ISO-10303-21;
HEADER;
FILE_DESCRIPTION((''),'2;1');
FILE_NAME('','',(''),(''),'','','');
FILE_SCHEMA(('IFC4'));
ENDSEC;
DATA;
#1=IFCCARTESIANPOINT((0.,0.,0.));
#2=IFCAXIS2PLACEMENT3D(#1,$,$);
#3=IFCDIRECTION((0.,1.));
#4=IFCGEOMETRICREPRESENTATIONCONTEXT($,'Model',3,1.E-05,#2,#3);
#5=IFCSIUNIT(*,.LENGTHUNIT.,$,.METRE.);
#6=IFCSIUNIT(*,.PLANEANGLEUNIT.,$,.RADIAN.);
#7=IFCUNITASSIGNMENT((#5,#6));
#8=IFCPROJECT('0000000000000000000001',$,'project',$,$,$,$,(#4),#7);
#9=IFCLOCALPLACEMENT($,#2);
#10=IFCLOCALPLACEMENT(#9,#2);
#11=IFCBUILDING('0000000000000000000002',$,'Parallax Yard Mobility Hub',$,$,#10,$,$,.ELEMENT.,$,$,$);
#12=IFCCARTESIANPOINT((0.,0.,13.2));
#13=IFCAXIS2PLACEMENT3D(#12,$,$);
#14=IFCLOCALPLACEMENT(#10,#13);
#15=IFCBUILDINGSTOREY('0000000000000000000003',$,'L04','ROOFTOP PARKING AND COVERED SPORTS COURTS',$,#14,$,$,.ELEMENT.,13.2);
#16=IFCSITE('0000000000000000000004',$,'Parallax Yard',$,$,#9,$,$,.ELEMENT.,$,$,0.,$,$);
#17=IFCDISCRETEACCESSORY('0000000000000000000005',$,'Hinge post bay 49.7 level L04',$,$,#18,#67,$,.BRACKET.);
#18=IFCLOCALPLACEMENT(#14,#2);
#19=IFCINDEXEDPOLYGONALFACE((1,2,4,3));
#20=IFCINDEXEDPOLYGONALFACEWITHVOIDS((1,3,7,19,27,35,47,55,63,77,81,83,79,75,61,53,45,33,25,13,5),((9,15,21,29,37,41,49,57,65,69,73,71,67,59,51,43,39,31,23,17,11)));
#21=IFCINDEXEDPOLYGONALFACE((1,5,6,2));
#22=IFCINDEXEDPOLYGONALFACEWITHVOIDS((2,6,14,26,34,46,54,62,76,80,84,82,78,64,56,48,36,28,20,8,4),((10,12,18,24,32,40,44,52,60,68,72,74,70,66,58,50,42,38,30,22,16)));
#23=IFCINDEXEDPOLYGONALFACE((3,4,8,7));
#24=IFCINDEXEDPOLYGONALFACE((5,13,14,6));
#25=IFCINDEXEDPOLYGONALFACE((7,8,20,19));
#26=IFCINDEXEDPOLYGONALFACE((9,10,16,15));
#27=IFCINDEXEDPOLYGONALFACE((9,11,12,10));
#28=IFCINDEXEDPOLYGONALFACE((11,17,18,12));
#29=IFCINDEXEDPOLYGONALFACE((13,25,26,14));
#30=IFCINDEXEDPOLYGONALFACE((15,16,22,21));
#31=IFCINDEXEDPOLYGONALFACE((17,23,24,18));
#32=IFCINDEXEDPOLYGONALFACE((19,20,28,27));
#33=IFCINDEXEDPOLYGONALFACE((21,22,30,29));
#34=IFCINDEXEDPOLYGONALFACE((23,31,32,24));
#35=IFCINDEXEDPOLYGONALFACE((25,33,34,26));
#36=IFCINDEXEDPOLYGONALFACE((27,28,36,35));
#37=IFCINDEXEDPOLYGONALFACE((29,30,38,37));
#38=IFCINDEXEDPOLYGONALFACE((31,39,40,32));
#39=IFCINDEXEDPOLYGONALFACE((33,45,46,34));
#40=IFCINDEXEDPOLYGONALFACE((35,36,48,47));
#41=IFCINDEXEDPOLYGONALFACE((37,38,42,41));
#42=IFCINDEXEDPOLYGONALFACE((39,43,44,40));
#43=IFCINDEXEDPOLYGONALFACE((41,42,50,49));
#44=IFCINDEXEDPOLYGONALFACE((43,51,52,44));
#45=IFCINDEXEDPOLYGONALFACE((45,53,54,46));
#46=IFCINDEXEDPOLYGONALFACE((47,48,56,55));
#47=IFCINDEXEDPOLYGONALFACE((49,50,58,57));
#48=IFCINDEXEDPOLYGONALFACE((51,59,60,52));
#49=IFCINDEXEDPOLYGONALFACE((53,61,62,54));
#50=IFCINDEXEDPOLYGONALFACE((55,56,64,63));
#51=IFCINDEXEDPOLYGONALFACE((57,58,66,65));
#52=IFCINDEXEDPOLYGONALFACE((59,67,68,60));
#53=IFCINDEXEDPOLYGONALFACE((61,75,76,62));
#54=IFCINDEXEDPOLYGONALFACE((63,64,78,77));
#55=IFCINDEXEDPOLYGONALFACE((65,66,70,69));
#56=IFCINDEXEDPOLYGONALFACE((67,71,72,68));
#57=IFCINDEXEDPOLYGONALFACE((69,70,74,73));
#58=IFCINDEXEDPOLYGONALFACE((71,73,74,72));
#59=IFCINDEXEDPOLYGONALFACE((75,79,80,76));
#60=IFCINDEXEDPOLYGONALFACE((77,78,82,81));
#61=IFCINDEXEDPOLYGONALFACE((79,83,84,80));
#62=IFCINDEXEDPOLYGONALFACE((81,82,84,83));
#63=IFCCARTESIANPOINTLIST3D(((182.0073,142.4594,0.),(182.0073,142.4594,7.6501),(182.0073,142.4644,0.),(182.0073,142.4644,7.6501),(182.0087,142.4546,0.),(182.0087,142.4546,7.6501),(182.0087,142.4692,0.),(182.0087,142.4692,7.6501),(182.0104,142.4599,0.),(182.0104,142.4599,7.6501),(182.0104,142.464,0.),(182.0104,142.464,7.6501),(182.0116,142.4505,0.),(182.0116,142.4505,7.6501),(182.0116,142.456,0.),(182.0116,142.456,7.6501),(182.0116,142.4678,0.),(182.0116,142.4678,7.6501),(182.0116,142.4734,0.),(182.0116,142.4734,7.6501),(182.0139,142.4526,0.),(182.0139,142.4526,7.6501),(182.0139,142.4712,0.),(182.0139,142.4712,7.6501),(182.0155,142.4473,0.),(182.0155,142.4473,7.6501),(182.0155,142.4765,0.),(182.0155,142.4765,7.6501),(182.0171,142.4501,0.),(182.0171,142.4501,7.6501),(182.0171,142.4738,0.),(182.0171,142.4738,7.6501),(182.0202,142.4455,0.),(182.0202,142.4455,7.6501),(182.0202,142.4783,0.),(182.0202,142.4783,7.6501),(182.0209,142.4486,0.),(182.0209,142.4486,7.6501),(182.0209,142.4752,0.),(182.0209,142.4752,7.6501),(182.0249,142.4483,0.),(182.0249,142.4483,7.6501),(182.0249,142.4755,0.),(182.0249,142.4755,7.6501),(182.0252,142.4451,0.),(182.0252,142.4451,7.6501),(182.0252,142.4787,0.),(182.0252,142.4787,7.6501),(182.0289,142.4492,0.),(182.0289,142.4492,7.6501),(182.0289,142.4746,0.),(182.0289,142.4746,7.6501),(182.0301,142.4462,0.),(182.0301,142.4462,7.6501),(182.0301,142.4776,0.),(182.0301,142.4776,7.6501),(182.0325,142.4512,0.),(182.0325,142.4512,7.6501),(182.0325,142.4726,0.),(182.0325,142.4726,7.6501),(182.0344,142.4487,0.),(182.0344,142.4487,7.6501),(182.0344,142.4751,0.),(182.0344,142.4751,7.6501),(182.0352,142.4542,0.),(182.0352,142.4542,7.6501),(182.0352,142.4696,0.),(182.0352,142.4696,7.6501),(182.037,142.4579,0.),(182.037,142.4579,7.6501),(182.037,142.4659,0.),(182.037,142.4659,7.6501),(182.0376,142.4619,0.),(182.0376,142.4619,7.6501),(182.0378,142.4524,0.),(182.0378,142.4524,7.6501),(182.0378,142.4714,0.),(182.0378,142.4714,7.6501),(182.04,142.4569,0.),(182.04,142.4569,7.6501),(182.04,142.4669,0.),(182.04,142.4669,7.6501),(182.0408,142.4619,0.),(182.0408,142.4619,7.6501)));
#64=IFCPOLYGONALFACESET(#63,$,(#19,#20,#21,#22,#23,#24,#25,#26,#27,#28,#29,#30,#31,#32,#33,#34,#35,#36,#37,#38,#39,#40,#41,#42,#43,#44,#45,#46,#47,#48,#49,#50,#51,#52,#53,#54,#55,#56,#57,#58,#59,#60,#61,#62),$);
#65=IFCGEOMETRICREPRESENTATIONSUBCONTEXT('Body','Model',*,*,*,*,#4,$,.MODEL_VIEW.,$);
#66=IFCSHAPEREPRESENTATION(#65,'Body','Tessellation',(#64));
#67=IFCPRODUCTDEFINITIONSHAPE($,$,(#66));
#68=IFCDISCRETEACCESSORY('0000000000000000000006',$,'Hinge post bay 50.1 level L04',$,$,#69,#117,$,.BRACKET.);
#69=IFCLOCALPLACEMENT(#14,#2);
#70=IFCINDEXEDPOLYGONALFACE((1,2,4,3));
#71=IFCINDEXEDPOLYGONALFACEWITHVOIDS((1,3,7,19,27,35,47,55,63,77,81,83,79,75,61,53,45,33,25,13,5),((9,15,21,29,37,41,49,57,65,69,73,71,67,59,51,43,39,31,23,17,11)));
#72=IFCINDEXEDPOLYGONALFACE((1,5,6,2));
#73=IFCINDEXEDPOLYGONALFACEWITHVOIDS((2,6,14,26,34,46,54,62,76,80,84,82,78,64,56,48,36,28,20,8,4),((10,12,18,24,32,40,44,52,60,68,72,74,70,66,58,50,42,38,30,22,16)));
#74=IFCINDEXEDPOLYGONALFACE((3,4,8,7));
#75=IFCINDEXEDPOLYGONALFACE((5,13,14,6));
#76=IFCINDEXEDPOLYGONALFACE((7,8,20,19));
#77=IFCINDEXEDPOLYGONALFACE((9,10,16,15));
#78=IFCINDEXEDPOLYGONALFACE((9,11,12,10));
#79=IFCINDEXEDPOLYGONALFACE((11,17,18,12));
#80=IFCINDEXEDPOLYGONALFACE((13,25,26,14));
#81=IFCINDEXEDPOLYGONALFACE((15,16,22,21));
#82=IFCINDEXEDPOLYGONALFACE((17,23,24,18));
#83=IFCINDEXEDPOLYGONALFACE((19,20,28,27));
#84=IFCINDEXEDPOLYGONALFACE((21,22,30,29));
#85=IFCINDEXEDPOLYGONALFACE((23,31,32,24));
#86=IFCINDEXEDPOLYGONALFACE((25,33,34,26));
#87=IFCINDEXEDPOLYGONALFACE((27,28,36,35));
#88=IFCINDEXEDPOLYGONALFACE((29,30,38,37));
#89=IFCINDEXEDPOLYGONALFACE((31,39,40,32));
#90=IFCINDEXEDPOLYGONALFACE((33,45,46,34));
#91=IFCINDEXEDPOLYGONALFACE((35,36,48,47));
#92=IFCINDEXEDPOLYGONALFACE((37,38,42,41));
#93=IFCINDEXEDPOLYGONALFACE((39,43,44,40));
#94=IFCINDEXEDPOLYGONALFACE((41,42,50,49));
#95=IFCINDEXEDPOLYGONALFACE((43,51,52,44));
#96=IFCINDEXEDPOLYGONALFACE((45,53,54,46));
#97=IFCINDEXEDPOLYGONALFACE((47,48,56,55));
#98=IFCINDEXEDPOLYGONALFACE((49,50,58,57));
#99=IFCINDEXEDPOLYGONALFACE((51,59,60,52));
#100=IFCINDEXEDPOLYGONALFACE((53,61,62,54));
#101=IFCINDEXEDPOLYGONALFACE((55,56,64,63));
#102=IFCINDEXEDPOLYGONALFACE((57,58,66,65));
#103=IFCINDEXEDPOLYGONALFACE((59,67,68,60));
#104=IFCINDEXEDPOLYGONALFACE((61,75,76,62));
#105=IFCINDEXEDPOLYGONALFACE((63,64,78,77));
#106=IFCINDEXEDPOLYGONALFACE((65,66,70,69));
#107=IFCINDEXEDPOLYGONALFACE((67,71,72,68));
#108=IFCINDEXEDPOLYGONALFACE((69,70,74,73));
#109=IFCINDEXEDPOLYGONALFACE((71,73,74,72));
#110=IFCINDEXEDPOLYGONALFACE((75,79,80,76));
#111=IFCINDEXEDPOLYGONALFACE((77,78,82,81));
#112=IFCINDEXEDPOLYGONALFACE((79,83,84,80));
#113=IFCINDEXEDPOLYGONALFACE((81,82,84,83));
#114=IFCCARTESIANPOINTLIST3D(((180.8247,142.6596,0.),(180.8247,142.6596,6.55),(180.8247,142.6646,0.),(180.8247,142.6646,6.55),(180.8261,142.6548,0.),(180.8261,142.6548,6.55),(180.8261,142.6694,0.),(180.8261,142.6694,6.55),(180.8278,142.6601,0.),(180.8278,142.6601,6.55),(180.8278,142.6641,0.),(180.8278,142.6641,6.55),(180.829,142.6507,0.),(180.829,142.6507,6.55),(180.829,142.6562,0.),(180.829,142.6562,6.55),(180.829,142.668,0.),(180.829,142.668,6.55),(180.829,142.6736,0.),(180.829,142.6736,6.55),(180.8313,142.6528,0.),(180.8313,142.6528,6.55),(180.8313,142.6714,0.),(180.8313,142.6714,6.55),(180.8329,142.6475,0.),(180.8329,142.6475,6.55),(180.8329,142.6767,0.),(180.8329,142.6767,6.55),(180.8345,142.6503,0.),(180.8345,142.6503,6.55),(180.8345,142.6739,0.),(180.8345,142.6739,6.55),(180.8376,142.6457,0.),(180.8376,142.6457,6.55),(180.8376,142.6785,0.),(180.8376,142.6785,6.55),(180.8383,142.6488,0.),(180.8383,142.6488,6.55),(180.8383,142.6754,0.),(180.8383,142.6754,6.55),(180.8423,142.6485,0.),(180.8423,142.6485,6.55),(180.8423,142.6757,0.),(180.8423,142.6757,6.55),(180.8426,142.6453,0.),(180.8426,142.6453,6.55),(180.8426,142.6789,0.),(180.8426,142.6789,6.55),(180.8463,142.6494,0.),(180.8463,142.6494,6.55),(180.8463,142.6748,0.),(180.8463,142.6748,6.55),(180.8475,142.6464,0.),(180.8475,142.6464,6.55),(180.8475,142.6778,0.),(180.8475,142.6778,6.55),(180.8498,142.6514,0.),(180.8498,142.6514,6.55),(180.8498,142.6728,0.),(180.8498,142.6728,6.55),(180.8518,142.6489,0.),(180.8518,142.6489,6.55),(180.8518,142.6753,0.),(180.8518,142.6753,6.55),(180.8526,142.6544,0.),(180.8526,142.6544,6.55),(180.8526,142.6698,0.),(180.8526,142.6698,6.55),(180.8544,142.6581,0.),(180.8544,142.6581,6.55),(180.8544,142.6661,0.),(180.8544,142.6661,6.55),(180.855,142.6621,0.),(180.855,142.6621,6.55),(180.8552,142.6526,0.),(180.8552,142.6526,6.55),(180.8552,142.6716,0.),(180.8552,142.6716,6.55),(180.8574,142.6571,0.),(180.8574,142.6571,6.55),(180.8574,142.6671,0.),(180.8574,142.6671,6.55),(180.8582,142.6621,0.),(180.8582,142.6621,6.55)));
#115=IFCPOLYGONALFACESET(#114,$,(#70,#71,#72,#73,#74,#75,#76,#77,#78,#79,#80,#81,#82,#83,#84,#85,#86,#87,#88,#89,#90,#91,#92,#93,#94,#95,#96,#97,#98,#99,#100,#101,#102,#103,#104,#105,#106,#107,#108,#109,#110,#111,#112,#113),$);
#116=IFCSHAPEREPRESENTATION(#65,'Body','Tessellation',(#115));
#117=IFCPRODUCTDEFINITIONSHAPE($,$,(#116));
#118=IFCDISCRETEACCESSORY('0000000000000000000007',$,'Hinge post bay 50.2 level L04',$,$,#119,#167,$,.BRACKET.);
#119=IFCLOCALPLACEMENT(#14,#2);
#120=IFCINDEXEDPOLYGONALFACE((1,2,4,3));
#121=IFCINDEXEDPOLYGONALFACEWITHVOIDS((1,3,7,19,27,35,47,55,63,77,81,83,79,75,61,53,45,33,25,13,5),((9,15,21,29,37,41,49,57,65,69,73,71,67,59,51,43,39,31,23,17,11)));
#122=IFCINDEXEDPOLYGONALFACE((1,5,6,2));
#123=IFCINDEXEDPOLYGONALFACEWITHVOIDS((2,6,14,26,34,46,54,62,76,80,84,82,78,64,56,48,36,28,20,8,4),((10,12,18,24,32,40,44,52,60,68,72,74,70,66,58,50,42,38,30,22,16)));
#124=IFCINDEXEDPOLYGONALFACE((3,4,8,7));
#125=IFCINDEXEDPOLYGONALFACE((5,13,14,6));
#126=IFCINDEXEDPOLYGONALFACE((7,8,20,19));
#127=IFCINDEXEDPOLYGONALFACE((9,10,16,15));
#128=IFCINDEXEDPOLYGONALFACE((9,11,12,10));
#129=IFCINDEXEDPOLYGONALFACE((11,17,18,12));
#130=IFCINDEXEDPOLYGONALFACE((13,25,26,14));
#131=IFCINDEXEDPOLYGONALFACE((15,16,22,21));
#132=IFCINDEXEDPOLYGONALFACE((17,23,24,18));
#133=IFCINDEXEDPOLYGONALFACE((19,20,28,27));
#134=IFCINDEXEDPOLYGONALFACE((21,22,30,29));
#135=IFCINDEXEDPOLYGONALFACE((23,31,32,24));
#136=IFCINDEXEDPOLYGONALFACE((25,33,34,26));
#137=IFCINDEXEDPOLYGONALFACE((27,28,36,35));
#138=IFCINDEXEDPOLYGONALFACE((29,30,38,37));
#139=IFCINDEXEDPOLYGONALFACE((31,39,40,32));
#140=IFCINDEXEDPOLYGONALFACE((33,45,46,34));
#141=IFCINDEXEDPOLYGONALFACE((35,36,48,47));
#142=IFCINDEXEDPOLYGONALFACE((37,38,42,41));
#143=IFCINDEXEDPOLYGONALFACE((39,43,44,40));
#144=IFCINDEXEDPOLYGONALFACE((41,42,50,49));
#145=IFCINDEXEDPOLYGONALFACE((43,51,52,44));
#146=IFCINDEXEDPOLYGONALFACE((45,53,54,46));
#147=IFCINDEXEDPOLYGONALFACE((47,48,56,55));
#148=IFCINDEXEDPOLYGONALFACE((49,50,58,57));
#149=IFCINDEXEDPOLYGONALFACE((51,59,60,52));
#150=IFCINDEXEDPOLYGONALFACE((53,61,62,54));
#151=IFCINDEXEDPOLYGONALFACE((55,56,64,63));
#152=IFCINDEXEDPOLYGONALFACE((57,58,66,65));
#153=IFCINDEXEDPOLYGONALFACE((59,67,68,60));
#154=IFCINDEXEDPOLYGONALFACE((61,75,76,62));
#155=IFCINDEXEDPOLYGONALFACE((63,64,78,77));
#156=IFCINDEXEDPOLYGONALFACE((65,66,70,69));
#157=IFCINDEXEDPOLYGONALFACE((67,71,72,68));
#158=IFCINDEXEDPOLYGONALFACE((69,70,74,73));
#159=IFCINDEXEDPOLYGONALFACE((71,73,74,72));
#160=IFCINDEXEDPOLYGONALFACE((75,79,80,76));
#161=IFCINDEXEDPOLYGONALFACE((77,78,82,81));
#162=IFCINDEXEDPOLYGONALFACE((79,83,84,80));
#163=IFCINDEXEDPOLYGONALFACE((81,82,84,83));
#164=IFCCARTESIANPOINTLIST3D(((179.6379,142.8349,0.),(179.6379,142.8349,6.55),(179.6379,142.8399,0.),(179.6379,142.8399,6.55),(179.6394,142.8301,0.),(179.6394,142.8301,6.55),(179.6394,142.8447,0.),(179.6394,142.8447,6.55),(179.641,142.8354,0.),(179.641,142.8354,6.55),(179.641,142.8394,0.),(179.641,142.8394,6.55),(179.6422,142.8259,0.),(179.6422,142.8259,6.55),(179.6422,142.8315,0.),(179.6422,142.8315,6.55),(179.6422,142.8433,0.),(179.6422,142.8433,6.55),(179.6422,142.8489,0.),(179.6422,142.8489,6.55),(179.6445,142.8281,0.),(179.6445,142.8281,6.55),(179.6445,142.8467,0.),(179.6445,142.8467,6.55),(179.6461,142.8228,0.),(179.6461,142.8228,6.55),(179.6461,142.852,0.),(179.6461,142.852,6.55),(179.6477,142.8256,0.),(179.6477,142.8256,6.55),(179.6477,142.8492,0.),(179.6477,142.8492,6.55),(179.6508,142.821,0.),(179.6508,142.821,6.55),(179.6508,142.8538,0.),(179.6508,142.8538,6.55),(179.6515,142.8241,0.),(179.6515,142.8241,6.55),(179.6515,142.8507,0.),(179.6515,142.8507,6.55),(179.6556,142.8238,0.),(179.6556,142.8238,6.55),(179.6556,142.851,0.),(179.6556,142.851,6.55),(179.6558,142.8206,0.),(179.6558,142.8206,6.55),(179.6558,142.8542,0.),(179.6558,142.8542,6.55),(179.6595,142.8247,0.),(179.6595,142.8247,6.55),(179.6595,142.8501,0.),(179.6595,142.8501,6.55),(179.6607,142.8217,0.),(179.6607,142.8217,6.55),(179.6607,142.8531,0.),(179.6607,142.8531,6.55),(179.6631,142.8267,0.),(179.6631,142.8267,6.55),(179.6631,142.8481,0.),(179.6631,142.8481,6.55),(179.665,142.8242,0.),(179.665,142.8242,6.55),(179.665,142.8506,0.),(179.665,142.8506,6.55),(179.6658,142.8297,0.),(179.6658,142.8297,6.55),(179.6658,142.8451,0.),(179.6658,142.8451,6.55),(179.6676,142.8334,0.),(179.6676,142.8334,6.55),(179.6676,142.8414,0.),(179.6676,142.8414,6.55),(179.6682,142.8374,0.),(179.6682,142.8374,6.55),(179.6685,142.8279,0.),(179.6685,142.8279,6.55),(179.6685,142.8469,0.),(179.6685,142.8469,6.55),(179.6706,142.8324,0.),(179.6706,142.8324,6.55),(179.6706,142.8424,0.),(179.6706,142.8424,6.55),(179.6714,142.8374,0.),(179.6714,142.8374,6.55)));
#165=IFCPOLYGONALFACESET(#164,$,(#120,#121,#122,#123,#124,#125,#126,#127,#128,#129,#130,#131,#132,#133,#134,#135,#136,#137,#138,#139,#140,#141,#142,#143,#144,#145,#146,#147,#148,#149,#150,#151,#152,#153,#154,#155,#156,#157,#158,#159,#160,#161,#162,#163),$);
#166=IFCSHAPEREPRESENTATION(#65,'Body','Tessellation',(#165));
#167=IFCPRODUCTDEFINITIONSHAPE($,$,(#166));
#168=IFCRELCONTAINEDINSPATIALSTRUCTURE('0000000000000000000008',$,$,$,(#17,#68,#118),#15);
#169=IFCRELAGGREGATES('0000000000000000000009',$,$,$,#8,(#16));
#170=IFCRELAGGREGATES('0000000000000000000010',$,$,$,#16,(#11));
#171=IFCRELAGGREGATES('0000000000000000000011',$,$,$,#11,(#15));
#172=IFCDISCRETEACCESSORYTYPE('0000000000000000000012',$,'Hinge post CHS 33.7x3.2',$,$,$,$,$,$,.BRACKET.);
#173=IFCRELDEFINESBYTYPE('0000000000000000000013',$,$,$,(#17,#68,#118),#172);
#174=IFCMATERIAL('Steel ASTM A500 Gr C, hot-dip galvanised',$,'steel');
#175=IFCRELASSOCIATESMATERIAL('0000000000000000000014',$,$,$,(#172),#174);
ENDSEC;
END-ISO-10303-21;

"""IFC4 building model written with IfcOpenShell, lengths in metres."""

from ifc_helpers import new_model, si_unit, direction, frame, origin, origin_2d, place, context, subcontext, project, spatial, hollow_circle, extrude, material, material_profile, profile_set, type_object, element, save


model = new_model("IFC4")

# Units and contexts
model_context = context("Model", 3, precision=1e-05, world=origin(), true_north=direction((0.0, 1.0)))
body_context = subcontext(model_context, "Body", "Model", "MODEL_VIEW")
ifc_project = project(units=[si_unit("LENGTHUNIT", "METRE"), si_unit("PLANEANGLEUNIT", "RADIAN")], contexts=[model_context])

# Site, building, storey
site_placement = place(None, origin())
site = spatial("IfcSite", under=ifc_project, at=site_placement, Name="Parallax Yard", CompositionType="ELEMENT", RefElevation=0.0)
building_placement = place(site_placement, origin())
building = spatial("IfcBuilding", under=site, at=building_placement, Name="Parallax Yard Mobility Hub", CompositionType="ELEMENT")
storey_placement = place(building_placement, frame((0.0, 0.0, 13.2)))
storey = spatial("IfcBuildingStorey", under=building, at=storey_placement, Name="L04", Description="ROOFTOP PARKING AND COVERED SPORTS COURTS", CompositionType="ELEMENT", Elevation=13.2)

# Discrete accessories
ifc_material_1 = material(Name="Steel ASTM A500 Gr C, hot-dip galvanised", Category="steel")
ifc_material_profile_1 = material_profile(ifc_material_1, hollow_circle(Radius=0.0168, WallThickness=0.0032, at=origin_2d()), Name="CHS 33.7x3.2")
ifc_profile_set_1 = profile_set([ifc_material_profile_1], Name="Steel ASTM A500 Gr C, hot-dip galvanised")
discrete_accessory_type_1 = type_object("IfcDiscreteAccessoryType", Name="Hinge post CHS 33.7x3.2", PredefinedType="BRACKET", material=ifc_profile_set_1)
for number, where, z_axis, x_axis, name in (
    (1, (182.0239, 142.4619, 0.0), (0.0, 0.0, 1.0), (1.0, 0.0, 0.0), "Hinge post bay 49.7 level L04"),
):
    element("IfcDiscreteAccessory", number, at=place(storey_placement, frame(where, z_axis=z_axis, x_axis=x_axis)), inside=storey, type_object=discrete_accessory_type_1, Name=name, PredefinedType="BRACKET", context=body_context, shape_type="SweptSolid", body=[
        extrude(hollow_circle(Radius=0.0168, WallThickness=0.0032, at=origin_2d()), origin(), (0.0, 0.0, 1.0), 7.6501),
    ])
for number, where, z_axis, x_axis, name in (
    (2, (180.8413, 142.6621, 0.0), (0.0, 0.0, 1.0), (1.0, 0.0, 0.0), "Hinge post bay 50.1 level L04"),
    (3, (179.6545, 142.8374, 0.0), (0.0, 0.0, 1.0), (1.0, 0.0, 0.0), "Hinge post bay 50.2 level L04"),
):
    element("IfcDiscreteAccessory", number, at=place(storey_placement, frame(where, z_axis=z_axis, x_axis=x_axis)), inside=storey, type_object=discrete_accessory_type_1, Name=name, PredefinedType="BRACKET", context=body_context, shape_type="SweptSolid", body=[
        extrude(hollow_circle(Radius=0.0168, WallThickness=0.0032, at=origin_2d()), origin(), (0.0, 0.0, 1.0), 6.55),
    ])

save(model, "model.ifc")
